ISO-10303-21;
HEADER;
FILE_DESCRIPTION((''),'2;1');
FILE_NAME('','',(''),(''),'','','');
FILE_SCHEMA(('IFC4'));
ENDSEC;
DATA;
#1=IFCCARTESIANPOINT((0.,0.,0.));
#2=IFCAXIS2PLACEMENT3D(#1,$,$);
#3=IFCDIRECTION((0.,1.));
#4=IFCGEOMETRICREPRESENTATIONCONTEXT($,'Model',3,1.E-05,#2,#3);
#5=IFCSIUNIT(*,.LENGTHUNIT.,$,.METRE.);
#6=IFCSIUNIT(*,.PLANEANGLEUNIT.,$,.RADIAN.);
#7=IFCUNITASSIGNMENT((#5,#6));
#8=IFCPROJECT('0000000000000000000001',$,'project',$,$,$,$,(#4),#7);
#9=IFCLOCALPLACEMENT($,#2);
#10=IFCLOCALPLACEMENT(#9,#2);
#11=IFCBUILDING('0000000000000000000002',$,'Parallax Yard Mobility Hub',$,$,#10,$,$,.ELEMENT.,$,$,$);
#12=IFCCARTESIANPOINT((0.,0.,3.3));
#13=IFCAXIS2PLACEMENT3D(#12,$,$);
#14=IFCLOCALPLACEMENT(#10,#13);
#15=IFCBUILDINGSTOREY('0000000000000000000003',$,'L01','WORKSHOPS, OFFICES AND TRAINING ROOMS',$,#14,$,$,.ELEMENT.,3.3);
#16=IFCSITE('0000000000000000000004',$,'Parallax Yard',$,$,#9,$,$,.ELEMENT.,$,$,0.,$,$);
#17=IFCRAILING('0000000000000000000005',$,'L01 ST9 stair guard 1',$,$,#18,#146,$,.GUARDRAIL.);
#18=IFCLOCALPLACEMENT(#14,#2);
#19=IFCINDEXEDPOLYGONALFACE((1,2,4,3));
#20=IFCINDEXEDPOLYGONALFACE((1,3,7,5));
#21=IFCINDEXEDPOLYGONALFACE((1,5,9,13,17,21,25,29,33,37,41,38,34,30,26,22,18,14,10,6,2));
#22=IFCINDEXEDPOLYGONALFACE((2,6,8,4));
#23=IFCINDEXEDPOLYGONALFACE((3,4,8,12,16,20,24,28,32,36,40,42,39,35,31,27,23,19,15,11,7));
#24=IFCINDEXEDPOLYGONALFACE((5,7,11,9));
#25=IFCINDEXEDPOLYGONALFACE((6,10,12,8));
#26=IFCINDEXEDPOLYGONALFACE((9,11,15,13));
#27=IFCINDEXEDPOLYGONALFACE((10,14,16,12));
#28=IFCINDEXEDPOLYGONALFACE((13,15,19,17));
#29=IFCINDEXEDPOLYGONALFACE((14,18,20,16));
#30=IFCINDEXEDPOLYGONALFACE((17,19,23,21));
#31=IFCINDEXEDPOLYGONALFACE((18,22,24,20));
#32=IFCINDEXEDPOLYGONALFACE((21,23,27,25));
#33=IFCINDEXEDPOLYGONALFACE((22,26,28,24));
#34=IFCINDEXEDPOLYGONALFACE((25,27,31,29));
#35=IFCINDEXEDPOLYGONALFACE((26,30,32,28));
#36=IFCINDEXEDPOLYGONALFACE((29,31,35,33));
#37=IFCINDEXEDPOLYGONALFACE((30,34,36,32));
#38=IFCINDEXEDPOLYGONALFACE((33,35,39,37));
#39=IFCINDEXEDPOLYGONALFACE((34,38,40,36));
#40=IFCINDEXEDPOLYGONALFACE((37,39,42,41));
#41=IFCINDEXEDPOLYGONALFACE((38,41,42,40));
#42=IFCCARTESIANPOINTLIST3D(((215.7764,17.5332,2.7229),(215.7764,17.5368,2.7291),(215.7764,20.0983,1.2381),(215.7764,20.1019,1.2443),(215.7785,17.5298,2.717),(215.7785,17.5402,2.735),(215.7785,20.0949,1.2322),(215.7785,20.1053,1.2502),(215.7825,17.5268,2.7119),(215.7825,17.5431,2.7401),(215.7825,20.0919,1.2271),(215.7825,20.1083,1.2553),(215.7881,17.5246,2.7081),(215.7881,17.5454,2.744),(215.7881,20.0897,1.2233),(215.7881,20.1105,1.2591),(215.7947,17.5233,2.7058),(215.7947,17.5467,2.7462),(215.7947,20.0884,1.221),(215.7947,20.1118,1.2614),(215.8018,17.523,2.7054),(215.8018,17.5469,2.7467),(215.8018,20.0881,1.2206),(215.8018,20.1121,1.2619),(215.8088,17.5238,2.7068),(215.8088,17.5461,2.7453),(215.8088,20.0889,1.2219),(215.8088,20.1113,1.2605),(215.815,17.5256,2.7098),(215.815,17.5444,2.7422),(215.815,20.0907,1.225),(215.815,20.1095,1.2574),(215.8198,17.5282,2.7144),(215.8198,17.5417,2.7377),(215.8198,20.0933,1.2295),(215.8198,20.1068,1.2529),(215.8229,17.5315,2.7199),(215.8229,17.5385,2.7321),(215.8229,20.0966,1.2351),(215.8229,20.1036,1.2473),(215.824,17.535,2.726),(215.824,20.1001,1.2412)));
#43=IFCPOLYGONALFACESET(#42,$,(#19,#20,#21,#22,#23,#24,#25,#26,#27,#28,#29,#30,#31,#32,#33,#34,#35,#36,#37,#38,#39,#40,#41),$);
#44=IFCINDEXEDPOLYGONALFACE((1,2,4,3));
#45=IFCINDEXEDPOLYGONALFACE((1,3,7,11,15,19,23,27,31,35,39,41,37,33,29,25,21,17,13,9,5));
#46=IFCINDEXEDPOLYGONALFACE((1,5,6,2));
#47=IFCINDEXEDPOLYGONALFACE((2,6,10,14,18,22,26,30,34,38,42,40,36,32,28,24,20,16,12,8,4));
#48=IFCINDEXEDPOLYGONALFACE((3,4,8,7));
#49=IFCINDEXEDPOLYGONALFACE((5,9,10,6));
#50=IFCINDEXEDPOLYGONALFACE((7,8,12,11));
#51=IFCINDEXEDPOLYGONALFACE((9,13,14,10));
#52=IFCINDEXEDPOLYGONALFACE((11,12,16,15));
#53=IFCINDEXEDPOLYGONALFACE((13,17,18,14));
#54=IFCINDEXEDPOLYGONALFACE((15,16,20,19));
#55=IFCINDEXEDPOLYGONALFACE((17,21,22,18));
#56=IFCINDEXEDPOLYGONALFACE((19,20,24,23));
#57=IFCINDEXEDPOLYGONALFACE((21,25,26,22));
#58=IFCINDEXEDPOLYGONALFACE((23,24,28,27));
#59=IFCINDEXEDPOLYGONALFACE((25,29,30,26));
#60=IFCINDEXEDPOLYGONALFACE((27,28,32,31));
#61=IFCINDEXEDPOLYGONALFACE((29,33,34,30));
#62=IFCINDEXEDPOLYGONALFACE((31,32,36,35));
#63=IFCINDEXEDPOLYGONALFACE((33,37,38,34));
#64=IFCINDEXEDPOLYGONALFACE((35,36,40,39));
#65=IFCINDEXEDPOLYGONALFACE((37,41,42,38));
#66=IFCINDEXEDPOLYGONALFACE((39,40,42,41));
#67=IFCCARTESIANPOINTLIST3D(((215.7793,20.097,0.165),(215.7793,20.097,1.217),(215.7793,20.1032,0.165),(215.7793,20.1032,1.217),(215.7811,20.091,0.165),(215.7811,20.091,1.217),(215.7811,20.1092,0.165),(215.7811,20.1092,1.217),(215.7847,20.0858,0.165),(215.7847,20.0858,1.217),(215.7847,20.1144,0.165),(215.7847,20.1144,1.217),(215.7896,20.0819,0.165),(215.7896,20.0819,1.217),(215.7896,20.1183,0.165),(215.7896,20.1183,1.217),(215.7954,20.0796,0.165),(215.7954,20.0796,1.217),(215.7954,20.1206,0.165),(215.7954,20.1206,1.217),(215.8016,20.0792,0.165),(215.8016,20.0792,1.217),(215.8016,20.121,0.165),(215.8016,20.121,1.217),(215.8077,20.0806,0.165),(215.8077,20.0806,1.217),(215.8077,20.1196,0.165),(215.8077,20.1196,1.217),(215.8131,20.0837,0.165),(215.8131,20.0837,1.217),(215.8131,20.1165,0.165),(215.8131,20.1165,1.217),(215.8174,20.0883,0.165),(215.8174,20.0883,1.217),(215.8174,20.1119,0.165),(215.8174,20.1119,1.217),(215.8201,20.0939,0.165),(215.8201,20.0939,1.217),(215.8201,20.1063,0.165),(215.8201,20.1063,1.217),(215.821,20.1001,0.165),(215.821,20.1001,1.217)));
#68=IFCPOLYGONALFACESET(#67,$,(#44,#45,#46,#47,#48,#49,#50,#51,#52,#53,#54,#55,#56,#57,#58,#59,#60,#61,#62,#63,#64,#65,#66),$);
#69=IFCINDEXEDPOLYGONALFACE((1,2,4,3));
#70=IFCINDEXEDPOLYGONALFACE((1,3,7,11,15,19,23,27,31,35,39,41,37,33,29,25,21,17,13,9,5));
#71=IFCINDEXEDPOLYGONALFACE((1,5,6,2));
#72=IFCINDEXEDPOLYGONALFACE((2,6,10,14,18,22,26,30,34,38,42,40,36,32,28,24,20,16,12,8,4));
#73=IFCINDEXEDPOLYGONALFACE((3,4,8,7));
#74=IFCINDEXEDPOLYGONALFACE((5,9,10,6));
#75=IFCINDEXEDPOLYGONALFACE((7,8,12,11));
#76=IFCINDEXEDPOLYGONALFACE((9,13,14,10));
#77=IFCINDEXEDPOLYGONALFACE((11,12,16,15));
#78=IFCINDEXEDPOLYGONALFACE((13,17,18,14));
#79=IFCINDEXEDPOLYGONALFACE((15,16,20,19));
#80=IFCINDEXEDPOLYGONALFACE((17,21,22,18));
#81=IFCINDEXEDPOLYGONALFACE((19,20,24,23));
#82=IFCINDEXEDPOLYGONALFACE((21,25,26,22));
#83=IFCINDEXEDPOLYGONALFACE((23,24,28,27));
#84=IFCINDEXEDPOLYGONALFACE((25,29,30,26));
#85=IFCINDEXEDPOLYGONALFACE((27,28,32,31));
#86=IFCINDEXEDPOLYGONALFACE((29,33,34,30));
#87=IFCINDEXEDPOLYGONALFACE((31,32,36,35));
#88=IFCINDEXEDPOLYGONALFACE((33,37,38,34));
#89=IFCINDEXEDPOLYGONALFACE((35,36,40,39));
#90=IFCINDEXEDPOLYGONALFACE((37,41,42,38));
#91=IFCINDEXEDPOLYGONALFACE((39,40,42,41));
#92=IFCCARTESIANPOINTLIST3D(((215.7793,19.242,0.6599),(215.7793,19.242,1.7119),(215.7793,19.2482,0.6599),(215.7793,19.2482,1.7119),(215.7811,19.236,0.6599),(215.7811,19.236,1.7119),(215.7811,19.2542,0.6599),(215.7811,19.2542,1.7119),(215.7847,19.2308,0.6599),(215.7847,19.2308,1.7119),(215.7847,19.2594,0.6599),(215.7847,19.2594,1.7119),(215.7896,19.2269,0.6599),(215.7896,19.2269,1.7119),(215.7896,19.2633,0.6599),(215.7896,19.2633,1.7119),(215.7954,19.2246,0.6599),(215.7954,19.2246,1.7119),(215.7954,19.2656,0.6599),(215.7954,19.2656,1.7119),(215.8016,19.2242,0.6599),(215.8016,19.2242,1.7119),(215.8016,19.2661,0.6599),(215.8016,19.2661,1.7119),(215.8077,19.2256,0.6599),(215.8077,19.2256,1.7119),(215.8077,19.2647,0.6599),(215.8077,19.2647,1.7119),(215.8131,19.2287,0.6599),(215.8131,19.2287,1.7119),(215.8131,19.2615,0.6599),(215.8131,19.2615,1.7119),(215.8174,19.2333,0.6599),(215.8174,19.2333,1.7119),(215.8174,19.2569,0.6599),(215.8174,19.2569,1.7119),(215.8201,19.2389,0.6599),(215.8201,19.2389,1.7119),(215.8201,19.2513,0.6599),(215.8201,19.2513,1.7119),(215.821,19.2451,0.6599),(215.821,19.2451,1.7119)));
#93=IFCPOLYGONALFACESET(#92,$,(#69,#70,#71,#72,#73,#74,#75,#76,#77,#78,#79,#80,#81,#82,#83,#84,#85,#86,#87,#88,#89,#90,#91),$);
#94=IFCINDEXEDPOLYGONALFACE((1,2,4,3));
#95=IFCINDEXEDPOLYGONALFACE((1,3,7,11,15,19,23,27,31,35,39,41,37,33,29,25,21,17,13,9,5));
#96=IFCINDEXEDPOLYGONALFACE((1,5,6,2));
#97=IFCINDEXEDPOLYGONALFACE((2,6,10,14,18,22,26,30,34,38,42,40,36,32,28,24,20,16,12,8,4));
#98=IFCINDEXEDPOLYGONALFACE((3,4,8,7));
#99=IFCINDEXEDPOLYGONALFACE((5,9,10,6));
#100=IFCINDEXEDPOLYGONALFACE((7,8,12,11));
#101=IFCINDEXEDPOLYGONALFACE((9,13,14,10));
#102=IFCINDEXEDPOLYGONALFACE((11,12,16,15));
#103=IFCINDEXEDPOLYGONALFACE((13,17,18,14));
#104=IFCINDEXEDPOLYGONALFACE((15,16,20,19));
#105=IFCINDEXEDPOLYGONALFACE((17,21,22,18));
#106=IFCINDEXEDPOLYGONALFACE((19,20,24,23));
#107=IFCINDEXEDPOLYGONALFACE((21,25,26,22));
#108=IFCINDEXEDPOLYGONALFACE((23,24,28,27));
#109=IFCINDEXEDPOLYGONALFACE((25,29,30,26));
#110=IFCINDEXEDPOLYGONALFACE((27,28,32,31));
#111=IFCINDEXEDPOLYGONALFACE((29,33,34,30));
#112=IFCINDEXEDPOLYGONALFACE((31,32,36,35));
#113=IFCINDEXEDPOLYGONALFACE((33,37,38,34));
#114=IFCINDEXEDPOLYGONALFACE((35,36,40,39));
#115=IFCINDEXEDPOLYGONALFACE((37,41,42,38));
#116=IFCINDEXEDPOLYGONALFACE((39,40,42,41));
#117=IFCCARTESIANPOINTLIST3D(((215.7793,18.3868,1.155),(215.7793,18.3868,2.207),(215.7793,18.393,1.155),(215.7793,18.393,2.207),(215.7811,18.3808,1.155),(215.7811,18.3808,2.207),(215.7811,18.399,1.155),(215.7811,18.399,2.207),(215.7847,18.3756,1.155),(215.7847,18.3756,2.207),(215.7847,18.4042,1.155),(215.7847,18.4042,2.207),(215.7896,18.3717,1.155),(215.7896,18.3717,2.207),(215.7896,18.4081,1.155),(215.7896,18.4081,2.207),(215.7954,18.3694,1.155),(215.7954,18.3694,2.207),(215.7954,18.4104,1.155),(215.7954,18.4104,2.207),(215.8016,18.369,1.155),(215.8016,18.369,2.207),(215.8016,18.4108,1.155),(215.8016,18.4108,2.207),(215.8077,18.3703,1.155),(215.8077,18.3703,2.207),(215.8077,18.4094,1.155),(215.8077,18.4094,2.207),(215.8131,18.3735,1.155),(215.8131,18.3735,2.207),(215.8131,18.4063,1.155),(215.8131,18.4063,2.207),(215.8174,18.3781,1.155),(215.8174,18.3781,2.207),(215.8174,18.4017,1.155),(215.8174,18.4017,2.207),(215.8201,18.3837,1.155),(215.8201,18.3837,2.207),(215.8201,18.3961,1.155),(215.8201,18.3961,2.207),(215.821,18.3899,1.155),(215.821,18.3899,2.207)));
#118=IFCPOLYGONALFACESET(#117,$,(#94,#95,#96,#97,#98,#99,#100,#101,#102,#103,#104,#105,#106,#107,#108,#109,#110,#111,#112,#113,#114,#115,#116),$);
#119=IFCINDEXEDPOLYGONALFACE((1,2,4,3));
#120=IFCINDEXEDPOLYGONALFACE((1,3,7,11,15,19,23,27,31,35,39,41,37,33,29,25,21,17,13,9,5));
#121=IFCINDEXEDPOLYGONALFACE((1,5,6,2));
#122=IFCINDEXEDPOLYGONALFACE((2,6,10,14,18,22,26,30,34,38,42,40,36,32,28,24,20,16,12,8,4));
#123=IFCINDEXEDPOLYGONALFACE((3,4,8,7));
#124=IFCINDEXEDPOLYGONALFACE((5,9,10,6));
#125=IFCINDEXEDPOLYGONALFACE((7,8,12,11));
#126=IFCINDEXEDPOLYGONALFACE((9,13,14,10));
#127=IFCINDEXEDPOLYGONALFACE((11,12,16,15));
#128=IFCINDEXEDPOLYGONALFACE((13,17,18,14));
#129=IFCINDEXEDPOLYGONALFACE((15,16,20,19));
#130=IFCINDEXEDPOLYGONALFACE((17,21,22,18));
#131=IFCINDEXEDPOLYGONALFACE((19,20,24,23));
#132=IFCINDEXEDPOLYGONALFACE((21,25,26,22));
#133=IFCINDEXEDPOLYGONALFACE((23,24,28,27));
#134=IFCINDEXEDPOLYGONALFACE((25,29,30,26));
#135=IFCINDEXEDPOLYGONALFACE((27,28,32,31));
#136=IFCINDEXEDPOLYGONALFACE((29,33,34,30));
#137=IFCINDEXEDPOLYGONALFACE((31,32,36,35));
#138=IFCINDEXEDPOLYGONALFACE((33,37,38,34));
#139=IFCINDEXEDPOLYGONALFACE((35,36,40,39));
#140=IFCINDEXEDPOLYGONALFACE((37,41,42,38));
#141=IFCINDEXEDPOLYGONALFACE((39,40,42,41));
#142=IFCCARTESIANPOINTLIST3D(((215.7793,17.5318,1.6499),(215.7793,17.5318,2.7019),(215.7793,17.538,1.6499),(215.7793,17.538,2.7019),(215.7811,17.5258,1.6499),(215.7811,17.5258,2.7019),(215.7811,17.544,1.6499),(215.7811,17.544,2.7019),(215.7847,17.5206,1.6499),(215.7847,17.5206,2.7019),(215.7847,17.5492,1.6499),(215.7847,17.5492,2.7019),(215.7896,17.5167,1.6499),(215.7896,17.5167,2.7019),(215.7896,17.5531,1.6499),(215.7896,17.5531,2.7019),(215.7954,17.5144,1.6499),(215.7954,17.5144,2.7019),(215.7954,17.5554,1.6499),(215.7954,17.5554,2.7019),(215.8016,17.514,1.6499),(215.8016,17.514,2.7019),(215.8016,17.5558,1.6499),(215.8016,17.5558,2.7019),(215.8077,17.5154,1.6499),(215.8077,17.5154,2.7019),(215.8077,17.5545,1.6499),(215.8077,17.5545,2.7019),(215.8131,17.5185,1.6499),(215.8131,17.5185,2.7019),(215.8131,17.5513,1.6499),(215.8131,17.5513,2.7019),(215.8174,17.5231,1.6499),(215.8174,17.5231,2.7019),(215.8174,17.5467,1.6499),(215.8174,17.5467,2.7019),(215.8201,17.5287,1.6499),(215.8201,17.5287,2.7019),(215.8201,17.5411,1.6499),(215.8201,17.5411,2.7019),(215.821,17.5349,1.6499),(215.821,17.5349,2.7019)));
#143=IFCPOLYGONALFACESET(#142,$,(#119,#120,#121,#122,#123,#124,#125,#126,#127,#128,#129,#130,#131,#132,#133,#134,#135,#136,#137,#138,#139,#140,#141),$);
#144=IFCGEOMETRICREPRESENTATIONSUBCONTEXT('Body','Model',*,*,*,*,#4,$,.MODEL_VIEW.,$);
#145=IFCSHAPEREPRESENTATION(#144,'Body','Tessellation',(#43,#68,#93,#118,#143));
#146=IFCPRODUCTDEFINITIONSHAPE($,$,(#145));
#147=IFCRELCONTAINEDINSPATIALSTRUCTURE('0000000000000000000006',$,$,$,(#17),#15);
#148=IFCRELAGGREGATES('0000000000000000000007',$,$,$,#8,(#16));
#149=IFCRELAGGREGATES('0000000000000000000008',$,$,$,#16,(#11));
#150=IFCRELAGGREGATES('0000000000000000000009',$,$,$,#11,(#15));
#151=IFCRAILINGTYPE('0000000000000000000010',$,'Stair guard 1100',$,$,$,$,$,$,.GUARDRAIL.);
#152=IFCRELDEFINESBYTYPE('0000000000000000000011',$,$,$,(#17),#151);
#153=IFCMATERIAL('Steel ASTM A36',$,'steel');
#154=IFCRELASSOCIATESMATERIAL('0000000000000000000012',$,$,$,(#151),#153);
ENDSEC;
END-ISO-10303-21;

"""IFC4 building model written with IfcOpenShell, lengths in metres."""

from ifc_helpers import new_model, si_unit, direction, frame, origin, origin_2d, place, context, subcontext, project, spatial, circle, extrude, material, type_object, element, save


model = new_model("IFC4")

# Units and contexts
model_context = context("Model", 3, precision=1e-05, world=origin(), true_north=direction((0.0, 1.0)))
body_context = subcontext(model_context, "Body", "Model", "MODEL_VIEW")
ifc_project = project(units=[si_unit("LENGTHUNIT", "METRE"), si_unit("PLANEANGLEUNIT", "RADIAN")], contexts=[model_context])

# Site, building, storey
site_placement = place(None, origin())
site = spatial("IfcSite", under=ifc_project, at=site_placement, Name="Parallax Yard", CompositionType="ELEMENT", RefElevation=0.0)
building_placement = place(site_placement, origin())
building = spatial("IfcBuilding", under=site, at=building_placement, Name="Parallax Yard Mobility Hub", CompositionType="ELEMENT")
storey_placement = place(building_placement, frame((0.0, 0.0, 3.3)))
storey = spatial("IfcBuildingStorey", under=building, at=storey_placement, Name="L01", Description="WORKSHOPS, OFFICES AND TRAINING ROOMS", CompositionType="ELEMENT", Elevation=3.3)

# Railing
ifc_material_1 = material(Name="Steel ASTM A36", Category="steel")
railing_type_1 = type_object("IfcRailingType", Name="Stair guard 1100", PredefinedType="GUARDRAIL", material=ifc_material_1)
railing_1_placement = place(storey_placement, frame((215.8, 20.1001, 0.165)))
element("IfcRailing", 1, at=railing_1_placement, inside=storey, type_object=railing_type_1, Name="L01 ST9 stair guard 1", PredefinedType="GUARDRAIL", context=body_context, shape_type="SweptSolid", body=[
    extrude(circle(Radius=0.0239, at=origin_2d()), frame((0.0, 0.0, 1.0762), z_axis=(0.0, -0.865462, 0.500975), x_axis=(1.0, 0.0, 0.0)), (0.0, 0.0, 1.0), 2.9639),
    extrude(circle(Radius=0.021, at=origin_2d()), origin(), (0.0, 0.0, 1.0), 1.052),
    extrude(circle(Radius=0.021, at=origin_2d()), frame((0.0, -0.855, 0.4949)), (0.0, 0.0, 1.0), 1.052),
    extrude(circle(Radius=0.021, at=origin_2d()), frame((0.0, -1.7102, 0.99)), (0.0, 0.0, 1.0), 1.052),
    extrude(circle(Radius=0.021, at=origin_2d()), frame((0.0, -2.5652, 1.4849)), (0.0, 0.0, 1.0), 1.052),
])

save(model, "model.ifc")
